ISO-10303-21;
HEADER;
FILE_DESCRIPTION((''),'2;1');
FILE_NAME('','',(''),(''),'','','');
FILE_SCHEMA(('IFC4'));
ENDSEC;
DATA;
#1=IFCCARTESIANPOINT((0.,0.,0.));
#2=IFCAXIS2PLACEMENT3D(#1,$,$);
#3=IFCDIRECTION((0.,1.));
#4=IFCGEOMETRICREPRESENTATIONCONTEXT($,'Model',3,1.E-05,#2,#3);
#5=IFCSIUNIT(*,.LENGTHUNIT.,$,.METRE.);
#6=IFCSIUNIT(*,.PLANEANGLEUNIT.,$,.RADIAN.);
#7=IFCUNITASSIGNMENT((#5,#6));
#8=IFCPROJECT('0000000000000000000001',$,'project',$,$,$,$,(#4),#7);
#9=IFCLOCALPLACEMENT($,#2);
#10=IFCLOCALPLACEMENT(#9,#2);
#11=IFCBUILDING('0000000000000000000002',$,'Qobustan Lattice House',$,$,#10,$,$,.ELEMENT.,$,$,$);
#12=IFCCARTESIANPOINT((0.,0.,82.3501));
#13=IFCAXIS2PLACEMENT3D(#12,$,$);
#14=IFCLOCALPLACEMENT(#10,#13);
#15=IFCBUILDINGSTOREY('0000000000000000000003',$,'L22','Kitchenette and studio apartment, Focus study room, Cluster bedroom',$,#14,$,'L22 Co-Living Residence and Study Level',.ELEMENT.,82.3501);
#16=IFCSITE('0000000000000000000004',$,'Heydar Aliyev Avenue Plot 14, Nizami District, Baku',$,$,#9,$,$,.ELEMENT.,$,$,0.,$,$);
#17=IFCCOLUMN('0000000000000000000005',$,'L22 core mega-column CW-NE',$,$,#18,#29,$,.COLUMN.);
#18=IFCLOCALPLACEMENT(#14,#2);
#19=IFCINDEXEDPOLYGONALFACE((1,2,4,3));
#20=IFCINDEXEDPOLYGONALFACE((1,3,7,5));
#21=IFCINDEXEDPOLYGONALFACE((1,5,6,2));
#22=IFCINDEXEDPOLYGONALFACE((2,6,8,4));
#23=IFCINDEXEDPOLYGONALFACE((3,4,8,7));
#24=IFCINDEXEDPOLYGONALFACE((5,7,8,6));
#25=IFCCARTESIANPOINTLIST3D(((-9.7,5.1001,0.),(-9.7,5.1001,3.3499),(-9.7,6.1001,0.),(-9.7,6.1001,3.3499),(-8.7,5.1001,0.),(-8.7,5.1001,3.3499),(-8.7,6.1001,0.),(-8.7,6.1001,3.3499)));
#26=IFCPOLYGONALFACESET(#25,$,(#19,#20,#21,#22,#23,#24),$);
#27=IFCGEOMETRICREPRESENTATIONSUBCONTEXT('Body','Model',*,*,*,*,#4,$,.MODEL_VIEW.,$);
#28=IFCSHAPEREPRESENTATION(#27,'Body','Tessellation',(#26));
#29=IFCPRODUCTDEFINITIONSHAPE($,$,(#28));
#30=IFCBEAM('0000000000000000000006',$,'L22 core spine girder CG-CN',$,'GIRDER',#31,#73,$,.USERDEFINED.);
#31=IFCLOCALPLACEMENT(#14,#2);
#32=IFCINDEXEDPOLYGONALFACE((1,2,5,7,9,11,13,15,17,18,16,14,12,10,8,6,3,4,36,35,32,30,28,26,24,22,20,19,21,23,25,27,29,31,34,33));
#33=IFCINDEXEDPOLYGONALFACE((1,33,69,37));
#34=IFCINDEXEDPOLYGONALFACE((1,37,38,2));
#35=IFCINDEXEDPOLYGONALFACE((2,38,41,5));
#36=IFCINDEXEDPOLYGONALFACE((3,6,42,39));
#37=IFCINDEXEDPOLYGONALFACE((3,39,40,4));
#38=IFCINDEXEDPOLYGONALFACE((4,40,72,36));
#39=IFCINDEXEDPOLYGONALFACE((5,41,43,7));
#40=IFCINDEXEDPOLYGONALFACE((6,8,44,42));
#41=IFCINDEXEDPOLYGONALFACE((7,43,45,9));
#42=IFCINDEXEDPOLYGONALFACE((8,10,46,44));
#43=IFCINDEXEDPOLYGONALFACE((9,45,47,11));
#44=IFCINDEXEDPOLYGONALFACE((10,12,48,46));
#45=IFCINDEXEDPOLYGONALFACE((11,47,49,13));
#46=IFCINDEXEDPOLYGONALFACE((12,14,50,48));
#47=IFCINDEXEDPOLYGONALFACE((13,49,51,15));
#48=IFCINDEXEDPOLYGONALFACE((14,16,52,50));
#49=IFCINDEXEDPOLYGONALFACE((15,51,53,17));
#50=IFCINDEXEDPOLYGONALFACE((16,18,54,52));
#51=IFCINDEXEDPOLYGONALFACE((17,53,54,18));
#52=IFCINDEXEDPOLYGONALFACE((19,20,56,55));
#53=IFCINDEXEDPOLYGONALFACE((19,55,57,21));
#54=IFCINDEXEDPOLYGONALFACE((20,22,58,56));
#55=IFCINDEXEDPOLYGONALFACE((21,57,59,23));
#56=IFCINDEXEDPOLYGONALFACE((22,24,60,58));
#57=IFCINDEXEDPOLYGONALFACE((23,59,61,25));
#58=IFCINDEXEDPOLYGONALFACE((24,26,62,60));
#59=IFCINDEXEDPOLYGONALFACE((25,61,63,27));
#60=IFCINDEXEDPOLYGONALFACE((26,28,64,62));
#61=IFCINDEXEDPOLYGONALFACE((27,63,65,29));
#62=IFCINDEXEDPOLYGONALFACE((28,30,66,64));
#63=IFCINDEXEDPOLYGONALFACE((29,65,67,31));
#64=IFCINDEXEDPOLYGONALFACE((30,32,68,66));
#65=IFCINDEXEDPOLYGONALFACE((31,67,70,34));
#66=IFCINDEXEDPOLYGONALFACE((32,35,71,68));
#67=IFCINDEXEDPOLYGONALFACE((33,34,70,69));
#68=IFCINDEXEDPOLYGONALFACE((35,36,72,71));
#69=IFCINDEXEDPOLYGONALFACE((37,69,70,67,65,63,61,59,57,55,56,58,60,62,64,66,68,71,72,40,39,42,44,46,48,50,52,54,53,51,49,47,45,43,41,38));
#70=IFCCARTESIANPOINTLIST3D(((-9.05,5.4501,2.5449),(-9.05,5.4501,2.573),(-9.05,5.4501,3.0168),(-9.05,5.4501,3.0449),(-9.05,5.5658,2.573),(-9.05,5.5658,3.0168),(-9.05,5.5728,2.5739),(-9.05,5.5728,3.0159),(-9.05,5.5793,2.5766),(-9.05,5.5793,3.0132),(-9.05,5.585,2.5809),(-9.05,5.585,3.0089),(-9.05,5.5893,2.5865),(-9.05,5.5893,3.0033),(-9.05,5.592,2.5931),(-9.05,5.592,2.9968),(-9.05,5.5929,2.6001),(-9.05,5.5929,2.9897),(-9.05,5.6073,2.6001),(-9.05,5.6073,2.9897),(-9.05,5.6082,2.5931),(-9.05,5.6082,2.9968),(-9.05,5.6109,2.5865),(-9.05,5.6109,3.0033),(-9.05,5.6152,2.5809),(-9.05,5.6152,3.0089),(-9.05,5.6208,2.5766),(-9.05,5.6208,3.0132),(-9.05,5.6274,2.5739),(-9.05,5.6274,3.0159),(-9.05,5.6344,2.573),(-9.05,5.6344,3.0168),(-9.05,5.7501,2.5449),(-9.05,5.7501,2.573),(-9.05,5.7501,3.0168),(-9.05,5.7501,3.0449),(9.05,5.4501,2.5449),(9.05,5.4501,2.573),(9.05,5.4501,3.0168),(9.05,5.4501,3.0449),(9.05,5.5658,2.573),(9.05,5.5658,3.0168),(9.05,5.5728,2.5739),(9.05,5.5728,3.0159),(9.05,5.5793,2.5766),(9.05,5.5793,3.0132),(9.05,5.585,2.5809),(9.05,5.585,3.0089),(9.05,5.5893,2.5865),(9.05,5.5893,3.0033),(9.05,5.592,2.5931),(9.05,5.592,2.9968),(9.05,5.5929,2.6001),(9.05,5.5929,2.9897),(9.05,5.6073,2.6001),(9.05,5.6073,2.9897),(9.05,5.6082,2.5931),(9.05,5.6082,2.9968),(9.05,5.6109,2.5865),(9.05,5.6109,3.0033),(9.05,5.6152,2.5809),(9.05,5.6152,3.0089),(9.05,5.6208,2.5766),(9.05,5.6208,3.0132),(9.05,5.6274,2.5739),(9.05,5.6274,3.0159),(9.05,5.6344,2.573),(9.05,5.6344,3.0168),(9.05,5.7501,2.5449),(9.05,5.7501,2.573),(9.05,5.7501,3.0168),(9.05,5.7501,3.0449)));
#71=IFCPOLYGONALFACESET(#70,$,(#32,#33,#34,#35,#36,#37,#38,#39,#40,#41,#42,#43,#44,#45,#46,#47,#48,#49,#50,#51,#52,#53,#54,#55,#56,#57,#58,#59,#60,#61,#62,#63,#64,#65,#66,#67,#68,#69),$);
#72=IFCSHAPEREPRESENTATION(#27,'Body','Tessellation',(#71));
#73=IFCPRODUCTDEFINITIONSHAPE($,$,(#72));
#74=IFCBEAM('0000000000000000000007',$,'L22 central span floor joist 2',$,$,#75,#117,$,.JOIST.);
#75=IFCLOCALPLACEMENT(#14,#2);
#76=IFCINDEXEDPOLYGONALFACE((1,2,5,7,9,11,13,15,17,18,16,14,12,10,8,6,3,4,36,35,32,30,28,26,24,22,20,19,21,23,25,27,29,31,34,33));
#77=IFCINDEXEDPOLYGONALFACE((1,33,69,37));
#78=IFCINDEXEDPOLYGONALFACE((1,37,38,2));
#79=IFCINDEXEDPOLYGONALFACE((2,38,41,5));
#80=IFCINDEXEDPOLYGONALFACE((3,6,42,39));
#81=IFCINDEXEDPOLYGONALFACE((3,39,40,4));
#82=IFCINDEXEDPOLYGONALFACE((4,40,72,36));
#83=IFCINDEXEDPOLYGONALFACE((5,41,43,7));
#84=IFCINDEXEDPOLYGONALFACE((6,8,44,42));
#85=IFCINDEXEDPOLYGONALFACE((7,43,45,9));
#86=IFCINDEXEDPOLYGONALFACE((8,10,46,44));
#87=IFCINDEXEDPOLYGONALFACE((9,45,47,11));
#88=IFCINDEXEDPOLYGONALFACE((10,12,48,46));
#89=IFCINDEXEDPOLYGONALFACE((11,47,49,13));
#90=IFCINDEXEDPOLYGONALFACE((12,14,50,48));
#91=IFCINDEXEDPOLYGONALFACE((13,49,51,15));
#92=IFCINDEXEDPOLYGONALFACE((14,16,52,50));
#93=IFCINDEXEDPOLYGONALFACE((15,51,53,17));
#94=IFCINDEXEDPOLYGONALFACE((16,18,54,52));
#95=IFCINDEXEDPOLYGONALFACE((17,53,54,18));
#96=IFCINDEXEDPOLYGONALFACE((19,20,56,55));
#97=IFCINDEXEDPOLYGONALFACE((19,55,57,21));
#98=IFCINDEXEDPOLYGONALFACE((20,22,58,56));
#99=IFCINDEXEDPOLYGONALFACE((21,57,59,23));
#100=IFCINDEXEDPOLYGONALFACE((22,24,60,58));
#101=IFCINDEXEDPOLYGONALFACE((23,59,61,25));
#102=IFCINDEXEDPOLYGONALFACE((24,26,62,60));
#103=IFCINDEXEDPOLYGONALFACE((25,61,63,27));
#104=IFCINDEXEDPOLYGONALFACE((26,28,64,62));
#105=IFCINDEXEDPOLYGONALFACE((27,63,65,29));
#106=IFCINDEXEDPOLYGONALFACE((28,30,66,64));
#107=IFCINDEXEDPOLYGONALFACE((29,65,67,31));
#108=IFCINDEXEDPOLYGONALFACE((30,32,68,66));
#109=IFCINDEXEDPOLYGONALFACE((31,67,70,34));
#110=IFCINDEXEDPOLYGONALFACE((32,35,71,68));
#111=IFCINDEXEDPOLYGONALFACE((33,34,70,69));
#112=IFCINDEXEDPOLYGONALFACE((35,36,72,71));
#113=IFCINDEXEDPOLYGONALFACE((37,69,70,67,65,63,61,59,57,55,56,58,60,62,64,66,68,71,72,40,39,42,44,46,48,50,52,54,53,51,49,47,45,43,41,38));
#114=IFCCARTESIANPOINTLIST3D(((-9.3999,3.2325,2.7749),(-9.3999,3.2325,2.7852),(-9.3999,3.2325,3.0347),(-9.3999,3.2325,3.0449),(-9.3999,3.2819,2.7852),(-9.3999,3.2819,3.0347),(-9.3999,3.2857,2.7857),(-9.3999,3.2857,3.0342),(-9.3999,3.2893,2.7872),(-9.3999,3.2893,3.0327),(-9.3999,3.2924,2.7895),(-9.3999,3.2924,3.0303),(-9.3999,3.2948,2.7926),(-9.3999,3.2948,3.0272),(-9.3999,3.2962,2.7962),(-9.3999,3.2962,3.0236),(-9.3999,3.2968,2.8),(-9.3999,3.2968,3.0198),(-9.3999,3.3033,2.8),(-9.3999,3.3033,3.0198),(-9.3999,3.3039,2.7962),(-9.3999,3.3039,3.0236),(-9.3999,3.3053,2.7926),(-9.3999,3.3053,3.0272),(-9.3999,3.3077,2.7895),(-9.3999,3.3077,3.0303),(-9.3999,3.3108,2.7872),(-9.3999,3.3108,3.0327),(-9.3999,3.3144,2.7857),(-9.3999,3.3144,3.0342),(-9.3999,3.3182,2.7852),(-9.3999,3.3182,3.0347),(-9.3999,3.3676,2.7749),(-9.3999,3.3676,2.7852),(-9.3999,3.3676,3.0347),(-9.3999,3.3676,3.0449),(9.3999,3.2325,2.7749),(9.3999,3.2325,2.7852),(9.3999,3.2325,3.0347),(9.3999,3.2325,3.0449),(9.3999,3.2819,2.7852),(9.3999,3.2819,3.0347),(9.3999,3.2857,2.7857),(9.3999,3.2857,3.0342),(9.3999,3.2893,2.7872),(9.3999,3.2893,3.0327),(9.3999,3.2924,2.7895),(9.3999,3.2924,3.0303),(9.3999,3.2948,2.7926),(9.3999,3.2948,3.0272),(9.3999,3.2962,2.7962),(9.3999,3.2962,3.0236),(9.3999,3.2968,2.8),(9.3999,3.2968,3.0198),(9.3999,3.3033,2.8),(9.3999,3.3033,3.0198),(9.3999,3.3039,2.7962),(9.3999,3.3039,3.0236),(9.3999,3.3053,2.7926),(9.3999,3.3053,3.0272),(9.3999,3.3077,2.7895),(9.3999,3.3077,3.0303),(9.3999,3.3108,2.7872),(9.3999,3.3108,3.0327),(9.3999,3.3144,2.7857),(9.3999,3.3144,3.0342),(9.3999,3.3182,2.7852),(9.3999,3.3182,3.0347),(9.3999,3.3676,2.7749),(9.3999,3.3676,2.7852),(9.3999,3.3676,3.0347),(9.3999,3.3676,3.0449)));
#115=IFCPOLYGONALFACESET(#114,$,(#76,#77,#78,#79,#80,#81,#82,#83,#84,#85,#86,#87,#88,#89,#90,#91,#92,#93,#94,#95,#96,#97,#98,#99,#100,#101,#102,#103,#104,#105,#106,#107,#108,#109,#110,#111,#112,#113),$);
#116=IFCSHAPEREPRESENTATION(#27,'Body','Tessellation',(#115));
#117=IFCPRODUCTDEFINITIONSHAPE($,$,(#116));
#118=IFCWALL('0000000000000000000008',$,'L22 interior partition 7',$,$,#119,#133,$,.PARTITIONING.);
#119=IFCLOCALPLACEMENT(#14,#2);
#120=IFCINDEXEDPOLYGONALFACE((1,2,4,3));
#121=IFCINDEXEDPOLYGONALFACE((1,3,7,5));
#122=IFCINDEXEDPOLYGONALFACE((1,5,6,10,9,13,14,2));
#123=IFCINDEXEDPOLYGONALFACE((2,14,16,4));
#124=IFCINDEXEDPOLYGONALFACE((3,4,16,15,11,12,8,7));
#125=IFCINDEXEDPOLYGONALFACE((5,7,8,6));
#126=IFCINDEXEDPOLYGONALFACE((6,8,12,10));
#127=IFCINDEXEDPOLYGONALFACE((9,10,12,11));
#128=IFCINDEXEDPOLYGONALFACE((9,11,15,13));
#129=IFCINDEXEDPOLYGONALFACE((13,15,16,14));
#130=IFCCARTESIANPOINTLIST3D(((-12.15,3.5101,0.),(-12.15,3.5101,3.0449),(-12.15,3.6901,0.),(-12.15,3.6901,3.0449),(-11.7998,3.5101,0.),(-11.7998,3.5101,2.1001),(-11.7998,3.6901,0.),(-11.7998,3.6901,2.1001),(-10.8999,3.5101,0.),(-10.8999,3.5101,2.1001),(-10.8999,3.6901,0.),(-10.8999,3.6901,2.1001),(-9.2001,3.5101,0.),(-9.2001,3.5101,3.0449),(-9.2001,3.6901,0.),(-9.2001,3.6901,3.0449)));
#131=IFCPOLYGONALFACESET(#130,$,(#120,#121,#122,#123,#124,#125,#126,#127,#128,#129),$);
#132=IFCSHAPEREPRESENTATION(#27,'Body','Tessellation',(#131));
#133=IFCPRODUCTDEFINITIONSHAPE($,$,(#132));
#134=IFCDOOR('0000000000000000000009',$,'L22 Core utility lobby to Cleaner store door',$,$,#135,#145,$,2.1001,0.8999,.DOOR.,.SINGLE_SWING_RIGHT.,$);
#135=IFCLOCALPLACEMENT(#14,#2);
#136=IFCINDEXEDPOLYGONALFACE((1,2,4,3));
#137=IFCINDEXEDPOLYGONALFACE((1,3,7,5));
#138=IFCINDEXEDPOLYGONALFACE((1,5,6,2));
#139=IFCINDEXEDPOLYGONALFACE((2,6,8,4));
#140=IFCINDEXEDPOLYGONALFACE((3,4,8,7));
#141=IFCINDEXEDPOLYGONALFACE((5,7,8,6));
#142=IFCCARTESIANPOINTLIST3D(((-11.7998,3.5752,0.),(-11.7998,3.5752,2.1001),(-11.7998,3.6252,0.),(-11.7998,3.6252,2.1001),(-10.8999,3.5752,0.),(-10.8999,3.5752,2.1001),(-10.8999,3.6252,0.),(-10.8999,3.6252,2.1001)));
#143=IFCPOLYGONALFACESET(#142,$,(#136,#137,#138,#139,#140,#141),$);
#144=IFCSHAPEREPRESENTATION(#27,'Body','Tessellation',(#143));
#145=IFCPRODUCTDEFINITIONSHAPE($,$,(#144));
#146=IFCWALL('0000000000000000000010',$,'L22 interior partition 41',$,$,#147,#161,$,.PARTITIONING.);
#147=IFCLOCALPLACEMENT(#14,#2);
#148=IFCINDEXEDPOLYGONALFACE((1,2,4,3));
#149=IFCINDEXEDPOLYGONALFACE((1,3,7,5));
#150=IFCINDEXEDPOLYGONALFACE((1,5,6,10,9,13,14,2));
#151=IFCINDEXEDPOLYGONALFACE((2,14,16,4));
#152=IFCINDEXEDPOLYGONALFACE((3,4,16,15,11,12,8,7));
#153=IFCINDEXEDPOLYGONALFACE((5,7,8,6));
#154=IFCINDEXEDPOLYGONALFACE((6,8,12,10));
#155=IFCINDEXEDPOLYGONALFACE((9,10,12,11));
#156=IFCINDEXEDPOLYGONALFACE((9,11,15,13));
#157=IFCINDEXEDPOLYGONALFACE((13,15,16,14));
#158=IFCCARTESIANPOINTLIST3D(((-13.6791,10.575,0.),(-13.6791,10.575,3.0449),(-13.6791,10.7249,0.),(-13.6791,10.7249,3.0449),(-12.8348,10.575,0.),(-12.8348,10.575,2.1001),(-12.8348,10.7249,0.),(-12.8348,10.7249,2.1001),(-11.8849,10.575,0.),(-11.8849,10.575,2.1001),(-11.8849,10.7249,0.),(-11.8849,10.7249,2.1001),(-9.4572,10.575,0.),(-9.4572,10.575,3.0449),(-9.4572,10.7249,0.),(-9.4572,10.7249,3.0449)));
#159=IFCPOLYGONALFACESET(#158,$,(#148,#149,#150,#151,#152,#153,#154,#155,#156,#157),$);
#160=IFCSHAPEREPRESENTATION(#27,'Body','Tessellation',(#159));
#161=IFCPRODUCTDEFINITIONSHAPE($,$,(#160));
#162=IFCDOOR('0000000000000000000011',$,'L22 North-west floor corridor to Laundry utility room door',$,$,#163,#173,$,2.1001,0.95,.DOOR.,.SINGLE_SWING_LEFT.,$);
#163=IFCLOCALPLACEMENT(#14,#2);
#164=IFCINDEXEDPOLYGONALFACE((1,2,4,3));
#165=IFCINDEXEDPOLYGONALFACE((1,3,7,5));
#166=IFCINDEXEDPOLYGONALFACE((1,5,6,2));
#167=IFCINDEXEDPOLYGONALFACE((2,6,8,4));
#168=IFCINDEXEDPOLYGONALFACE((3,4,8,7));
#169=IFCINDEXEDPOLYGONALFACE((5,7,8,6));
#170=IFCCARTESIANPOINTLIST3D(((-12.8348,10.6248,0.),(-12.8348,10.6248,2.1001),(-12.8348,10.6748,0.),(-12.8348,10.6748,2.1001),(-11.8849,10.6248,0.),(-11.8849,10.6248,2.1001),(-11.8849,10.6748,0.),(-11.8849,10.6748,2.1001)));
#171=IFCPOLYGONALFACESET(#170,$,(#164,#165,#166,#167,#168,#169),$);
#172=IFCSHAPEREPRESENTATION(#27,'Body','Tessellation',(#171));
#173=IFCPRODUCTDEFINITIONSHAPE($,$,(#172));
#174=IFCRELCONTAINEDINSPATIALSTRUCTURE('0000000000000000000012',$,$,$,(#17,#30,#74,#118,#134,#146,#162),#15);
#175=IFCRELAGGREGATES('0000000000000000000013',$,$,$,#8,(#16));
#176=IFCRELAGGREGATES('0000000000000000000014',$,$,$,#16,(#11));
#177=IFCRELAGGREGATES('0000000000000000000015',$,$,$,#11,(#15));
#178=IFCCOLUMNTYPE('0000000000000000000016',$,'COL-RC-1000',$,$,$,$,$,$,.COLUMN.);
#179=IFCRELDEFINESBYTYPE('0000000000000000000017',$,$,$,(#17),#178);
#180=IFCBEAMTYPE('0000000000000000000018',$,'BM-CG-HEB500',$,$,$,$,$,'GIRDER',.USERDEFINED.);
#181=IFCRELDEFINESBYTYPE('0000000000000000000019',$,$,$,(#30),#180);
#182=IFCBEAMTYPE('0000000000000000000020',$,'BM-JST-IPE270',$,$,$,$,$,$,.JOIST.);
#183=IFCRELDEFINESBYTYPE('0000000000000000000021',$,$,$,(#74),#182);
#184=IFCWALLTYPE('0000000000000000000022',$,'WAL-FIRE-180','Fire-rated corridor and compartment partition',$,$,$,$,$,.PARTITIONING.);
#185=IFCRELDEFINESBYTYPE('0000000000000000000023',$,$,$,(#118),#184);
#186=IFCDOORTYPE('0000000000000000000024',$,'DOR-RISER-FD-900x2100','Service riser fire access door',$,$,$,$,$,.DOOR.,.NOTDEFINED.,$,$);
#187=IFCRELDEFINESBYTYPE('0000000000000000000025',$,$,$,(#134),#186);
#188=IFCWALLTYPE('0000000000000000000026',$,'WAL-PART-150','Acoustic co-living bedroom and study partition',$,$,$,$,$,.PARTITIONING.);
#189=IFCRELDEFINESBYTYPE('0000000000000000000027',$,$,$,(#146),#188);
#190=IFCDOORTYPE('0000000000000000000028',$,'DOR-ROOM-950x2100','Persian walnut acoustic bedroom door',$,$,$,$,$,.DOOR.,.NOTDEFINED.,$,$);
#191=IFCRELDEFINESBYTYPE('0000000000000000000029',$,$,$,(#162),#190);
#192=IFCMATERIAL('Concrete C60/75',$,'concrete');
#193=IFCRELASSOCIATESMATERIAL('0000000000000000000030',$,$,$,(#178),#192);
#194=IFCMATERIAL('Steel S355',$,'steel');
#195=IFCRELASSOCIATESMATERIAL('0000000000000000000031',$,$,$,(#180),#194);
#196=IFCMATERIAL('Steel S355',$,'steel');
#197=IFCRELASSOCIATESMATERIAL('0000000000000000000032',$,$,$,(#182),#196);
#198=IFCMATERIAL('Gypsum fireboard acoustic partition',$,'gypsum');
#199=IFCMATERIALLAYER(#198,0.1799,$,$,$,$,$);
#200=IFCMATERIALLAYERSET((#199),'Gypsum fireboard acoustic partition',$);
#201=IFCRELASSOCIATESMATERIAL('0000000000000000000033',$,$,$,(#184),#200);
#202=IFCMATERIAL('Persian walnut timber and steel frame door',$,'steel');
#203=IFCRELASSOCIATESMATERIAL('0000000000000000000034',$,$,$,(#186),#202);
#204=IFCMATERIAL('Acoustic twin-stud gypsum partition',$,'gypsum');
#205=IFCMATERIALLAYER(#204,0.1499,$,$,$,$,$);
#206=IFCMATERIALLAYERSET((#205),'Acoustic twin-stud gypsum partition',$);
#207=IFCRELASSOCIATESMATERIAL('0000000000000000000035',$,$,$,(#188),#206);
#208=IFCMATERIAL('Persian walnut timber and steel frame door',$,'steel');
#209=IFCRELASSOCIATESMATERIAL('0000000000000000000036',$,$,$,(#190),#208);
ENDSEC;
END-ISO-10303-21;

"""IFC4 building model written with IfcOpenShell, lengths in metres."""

from ifc_helpers import new_model, si_unit, direction, frame, frame_2d, origin, origin_2d, place, context, subcontext, project, spatial, rectangle, i_section, extrude, material, layer, layer_set, material_profile, profile_set, type_object, element, fill, save


model = new_model("IFC4")

# Units and contexts
model_context = context("Model", 3, precision=1e-05, world=origin(), true_north=direction((0.0, 1.0)))
body_context = subcontext(model_context, "Body", "Model", "MODEL_VIEW")
ifc_project = project(units=[si_unit("LENGTHUNIT", "METRE"), si_unit("PLANEANGLEUNIT", "RADIAN")], contexts=[model_context])

# Site, building, storey
site_placement = place(None, origin())
site = spatial("IfcSite", under=ifc_project, at=site_placement, Name="Heydar Aliyev Avenue Plot 14, Nizami District, Baku", CompositionType="ELEMENT", RefElevation=0.0)
building_placement = place(site_placement, origin())
building = spatial("IfcBuilding", under=site, at=building_placement, Name="Qobustan Lattice House", CompositionType="ELEMENT")
storey_placement = place(building_placement, frame((0.0, 0.0, 82.3501)))
storey = spatial("IfcBuildingStorey", under=building, at=storey_placement, Name="L22", Description="Kitchenette and studio apartment, Focus study room, Cluster bedroom", LongName="L22 Co-Living Residence and Study Level", CompositionType="ELEMENT", Elevation=82.3501)

# Column
ifc_material_1 = material(Name="Concrete C60/75", Category="concrete")
ifc_material_profile_1 = material_profile(ifc_material_1, rectangle(XDim=1.0, YDim=1.0, at=origin_2d()), Name="RC1000x1000")
ifc_profile_set_1 = profile_set([ifc_material_profile_1], Name="Concrete C60/75")
column_type = type_object("IfcColumnType", Name="COL-RC-1000", PredefinedType="COLUMN", material=ifc_profile_set_1)
column_placement = place(storey_placement, frame((-9.2, 5.6001, 0.0), z_axis=(0.0, 0.0, 1.0), x_axis=(1.0, 0.0, 0.0)))
element("IfcColumn", 1, at=column_placement, inside=storey, type_object=column_type, Name="L22 core mega-column CW-NE", PredefinedType="COLUMN", context=body_context, shape_type="SweptSolid", body=[
    extrude(rectangle(XDim=1.0, YDim=1.0, at=origin_2d()), origin(), (0.0, 0.0, 1.0), 3.3499),
])

# Beams
ifc_material_2 = material(Name="Steel S355", Category="steel")
ifc_material_profile_2 = material_profile(ifc_material_2, i_section(OverallWidth=0.3, OverallDepth=0.5, WebThickness=0.0144, FlangeThickness=0.0281, FilletRadius=0.0271, at=origin_2d()), Name="HEB500")
ifc_profile_set_2 = profile_set([ifc_material_profile_2], Name="Steel S355")
beam_type_1 = type_object("IfcBeamType", Name="BM-CG-HEB500", ElementType="GIRDER", PredefinedType="USERDEFINED", material=ifc_profile_set_2)
beam_1_placement = place(storey_placement, frame((-9.05, 5.6001, 2.7949), z_axis=(1.0, 0.0, 0.0), x_axis=(0.0, 1.0, 0.0)))
element("IfcBeam", 2, at=beam_1_placement, inside=storey, type_object=beam_type_1, Name="L22 core spine girder CG-CN", ObjectType="GIRDER", PredefinedType="USERDEFINED", context=body_context, shape_type="SweptSolid", body=[
    extrude(i_section(OverallWidth=0.3, OverallDepth=0.5, WebThickness=0.0144, FlangeThickness=0.0281, FilletRadius=0.0271, at=origin_2d()), origin(), (0.0, 0.0, 1.0), 18.1001),
])
ifc_material_3 = material(Name="Steel S355", Category="steel")
ifc_material_profile_3 = material_profile(ifc_material_3, i_section(OverallWidth=0.135, OverallDepth=0.27, WebThickness=0.0066, FlangeThickness=0.0103, FilletRadius=0.0149, at=origin_2d()), Name="IPE270")
ifc_profile_set_3 = profile_set([ifc_material_profile_3], Name="Steel S355")
beam_type_2 = type_object("IfcBeamType", Name="BM-JST-IPE270", PredefinedType="JOIST", material=ifc_profile_set_3)
beam_2_placement = place(storey_placement, frame((-9.3999, 3.3, 2.9099), z_axis=(1.0, 0.0, 0.0), x_axis=(0.0, 1.0, 0.0)))
element("IfcBeam", 3, at=beam_2_placement, inside=storey, type_object=beam_type_2, Name="L22 central span floor joist 2", PredefinedType="JOIST", context=body_context, shape_type="SweptSolid", body=[
    extrude(i_section(OverallWidth=0.135, OverallDepth=0.27, WebThickness=0.0066, FlangeThickness=0.0103, FilletRadius=0.0149, at=origin_2d()), origin(), (0.0, 0.0, 1.0), 18.7998),
])

# Walls, openings, doors
ifc_material_4 = material(Name="Gypsum fireboard acoustic partition", Category="gypsum")
ifc_layer_1 = layer(ifc_material_4, 0.1799)
ifc_layer_set_1 = layer_set([ifc_layer_1], Name="Gypsum fireboard acoustic partition")
wall_type_1 = type_object("IfcWallType", Name="WAL-FIRE-180", Description="Fire-rated corridor and compartment partition", PredefinedType="PARTITIONING", material=ifc_layer_set_1)
wall_1_placement = place(storey_placement, frame((-9.2, 3.6001, 0.0), z_axis=(0.0, 0.0, 1.0), x_axis=(-1.0, 0.0, 0.0)))
wall_1 = element("IfcWall", 4, at=wall_1_placement, inside=storey, type_object=wall_type_1, Name="L22 interior partition 7", PredefinedType="PARTITIONING", context=body_context, shape_type="SweptSolid", body=[
    extrude(rectangle(XDim=2.95, YDim=0.1799, at=frame_2d((1.4751, 0.0))), origin(), (0.0, 0.0, 1.0), 3.0449),
])
opening_1_placement = place(wall_1_placement, frame((1.7, 0.0, 0.0)))
opening_1 = element("IfcOpeningElement", 5, at=opening_1_placement, cuts=wall_1, PredefinedType="OPENING", context=body_context, shape_type="SweptSolid", body=[
    extrude(rectangle(XDim=0.8999, YDim=2.1001, at=frame_2d((0.45, 1.05))), frame((0.0, 0.0999, 0.0), z_axis=(0.0, -1.0, 0.0), x_axis=(1.0, 0.0, 0.0)), (0.0, 0.0, 1.0), 0.2),
])
ifc_material_5 = material(Name="Persian walnut timber and steel frame door", Category="steel")
door_type_1 = type_object("IfcDoorType", Name="DOR-RISER-FD-900x2100", Description="Service riser fire access door", OperationType="NOTDEFINED", PredefinedType="DOOR", material=ifc_material_5)
door_1_placement = place(opening_1_placement, origin())
door_1 = element("IfcDoor", 6, at=door_1_placement, inside=storey, type_object=door_type_1, Name="L22 Core utility lobby to Cleaner store door", OperationType="SINGLE_SWING_RIGHT", OverallHeight=2.1001, OverallWidth=0.8999, PredefinedType="DOOR", context=body_context, shape_type="SweptSolid", body=[
    extrude(rectangle(XDim=0.8999, YDim=2.1001, at=frame_2d((0.45, 1.05))), frame((0.0, 0.0249, 0.0), z_axis=(0.0, -1.0, 0.0), x_axis=(1.0, 0.0, 0.0)), (0.0, 0.0, 1.0), 0.05),
])
fill(opening_1, door_1)
ifc_material_6 = material(Name="Acoustic twin-stud gypsum partition", Category="gypsum")
ifc_layer_2 = layer(ifc_material_6, 0.1499)
ifc_layer_set_2 = layer_set([ifc_layer_2], Name="Acoustic twin-stud gypsum partition")
wall_type_2 = type_object("IfcWallType", Name="WAL-PART-150", Description="Acoustic co-living bedroom and study partition", PredefinedType="PARTITIONING", material=ifc_layer_set_2)
wall_2_placement = place(storey_placement, frame((-13.679, 10.6499, 0.0), z_axis=(0.0, 0.0, 1.0), x_axis=(1.0, 0.0, 0.0)))
wall_2 = element("IfcWall", 7, at=wall_2_placement, inside=storey, type_object=wall_type_2, Name="L22 interior partition 41", PredefinedType="PARTITIONING", context=body_context, shape_type="SweptSolid", body=[
    extrude(rectangle(XDim=4.2219, YDim=0.1499, at=frame_2d((2.1108, 0.0))), origin(), (0.0, 0.0, 1.0), 3.0449),
])
opening_2_placement = place(wall_2_placement, frame((0.844, 0.0, 0.0)))
opening_2 = element("IfcOpeningElement", 8, at=opening_2_placement, cuts=wall_2, PredefinedType="OPENING", context=body_context, shape_type="SweptSolid", body=[
    extrude(rectangle(XDim=0.95, YDim=2.1001, at=frame_2d((0.4751, 1.05))), frame((0.0, 0.085, 0.0), z_axis=(0.0, -1.0, 0.0), x_axis=(1.0, 0.0, 0.0)), (0.0, 0.0, 1.0), 0.1699),
])
ifc_material_7 = material(Name="Persian walnut timber and steel frame door", Category="steel")
door_type_2 = type_object("IfcDoorType", Name="DOR-ROOM-950x2100", Description="Persian walnut acoustic bedroom door", OperationType="NOTDEFINED", PredefinedType="DOOR", material=ifc_material_7)
door_2_placement = place(opening_2_placement, origin())
door_2 = element("IfcDoor", 9, at=door_2_placement, inside=storey, type_object=door_type_2, Name="L22 North-west floor corridor to Laundry utility room door", OperationType="SINGLE_SWING_LEFT", OverallHeight=2.1001, OverallWidth=0.95, PredefinedType="DOOR", context=body_context, shape_type="SweptSolid", body=[
    extrude(rectangle(XDim=0.95, YDim=2.1001, at=frame_2d((0.4751, 1.05))), frame((0.0, 0.0249, 0.0), z_axis=(0.0, -1.0, 0.0), x_axis=(1.0, 0.0, 0.0)), (0.0, 0.0, 1.0), 0.05),
])
fill(opening_2, door_2)

save(model, "model.ifc")
